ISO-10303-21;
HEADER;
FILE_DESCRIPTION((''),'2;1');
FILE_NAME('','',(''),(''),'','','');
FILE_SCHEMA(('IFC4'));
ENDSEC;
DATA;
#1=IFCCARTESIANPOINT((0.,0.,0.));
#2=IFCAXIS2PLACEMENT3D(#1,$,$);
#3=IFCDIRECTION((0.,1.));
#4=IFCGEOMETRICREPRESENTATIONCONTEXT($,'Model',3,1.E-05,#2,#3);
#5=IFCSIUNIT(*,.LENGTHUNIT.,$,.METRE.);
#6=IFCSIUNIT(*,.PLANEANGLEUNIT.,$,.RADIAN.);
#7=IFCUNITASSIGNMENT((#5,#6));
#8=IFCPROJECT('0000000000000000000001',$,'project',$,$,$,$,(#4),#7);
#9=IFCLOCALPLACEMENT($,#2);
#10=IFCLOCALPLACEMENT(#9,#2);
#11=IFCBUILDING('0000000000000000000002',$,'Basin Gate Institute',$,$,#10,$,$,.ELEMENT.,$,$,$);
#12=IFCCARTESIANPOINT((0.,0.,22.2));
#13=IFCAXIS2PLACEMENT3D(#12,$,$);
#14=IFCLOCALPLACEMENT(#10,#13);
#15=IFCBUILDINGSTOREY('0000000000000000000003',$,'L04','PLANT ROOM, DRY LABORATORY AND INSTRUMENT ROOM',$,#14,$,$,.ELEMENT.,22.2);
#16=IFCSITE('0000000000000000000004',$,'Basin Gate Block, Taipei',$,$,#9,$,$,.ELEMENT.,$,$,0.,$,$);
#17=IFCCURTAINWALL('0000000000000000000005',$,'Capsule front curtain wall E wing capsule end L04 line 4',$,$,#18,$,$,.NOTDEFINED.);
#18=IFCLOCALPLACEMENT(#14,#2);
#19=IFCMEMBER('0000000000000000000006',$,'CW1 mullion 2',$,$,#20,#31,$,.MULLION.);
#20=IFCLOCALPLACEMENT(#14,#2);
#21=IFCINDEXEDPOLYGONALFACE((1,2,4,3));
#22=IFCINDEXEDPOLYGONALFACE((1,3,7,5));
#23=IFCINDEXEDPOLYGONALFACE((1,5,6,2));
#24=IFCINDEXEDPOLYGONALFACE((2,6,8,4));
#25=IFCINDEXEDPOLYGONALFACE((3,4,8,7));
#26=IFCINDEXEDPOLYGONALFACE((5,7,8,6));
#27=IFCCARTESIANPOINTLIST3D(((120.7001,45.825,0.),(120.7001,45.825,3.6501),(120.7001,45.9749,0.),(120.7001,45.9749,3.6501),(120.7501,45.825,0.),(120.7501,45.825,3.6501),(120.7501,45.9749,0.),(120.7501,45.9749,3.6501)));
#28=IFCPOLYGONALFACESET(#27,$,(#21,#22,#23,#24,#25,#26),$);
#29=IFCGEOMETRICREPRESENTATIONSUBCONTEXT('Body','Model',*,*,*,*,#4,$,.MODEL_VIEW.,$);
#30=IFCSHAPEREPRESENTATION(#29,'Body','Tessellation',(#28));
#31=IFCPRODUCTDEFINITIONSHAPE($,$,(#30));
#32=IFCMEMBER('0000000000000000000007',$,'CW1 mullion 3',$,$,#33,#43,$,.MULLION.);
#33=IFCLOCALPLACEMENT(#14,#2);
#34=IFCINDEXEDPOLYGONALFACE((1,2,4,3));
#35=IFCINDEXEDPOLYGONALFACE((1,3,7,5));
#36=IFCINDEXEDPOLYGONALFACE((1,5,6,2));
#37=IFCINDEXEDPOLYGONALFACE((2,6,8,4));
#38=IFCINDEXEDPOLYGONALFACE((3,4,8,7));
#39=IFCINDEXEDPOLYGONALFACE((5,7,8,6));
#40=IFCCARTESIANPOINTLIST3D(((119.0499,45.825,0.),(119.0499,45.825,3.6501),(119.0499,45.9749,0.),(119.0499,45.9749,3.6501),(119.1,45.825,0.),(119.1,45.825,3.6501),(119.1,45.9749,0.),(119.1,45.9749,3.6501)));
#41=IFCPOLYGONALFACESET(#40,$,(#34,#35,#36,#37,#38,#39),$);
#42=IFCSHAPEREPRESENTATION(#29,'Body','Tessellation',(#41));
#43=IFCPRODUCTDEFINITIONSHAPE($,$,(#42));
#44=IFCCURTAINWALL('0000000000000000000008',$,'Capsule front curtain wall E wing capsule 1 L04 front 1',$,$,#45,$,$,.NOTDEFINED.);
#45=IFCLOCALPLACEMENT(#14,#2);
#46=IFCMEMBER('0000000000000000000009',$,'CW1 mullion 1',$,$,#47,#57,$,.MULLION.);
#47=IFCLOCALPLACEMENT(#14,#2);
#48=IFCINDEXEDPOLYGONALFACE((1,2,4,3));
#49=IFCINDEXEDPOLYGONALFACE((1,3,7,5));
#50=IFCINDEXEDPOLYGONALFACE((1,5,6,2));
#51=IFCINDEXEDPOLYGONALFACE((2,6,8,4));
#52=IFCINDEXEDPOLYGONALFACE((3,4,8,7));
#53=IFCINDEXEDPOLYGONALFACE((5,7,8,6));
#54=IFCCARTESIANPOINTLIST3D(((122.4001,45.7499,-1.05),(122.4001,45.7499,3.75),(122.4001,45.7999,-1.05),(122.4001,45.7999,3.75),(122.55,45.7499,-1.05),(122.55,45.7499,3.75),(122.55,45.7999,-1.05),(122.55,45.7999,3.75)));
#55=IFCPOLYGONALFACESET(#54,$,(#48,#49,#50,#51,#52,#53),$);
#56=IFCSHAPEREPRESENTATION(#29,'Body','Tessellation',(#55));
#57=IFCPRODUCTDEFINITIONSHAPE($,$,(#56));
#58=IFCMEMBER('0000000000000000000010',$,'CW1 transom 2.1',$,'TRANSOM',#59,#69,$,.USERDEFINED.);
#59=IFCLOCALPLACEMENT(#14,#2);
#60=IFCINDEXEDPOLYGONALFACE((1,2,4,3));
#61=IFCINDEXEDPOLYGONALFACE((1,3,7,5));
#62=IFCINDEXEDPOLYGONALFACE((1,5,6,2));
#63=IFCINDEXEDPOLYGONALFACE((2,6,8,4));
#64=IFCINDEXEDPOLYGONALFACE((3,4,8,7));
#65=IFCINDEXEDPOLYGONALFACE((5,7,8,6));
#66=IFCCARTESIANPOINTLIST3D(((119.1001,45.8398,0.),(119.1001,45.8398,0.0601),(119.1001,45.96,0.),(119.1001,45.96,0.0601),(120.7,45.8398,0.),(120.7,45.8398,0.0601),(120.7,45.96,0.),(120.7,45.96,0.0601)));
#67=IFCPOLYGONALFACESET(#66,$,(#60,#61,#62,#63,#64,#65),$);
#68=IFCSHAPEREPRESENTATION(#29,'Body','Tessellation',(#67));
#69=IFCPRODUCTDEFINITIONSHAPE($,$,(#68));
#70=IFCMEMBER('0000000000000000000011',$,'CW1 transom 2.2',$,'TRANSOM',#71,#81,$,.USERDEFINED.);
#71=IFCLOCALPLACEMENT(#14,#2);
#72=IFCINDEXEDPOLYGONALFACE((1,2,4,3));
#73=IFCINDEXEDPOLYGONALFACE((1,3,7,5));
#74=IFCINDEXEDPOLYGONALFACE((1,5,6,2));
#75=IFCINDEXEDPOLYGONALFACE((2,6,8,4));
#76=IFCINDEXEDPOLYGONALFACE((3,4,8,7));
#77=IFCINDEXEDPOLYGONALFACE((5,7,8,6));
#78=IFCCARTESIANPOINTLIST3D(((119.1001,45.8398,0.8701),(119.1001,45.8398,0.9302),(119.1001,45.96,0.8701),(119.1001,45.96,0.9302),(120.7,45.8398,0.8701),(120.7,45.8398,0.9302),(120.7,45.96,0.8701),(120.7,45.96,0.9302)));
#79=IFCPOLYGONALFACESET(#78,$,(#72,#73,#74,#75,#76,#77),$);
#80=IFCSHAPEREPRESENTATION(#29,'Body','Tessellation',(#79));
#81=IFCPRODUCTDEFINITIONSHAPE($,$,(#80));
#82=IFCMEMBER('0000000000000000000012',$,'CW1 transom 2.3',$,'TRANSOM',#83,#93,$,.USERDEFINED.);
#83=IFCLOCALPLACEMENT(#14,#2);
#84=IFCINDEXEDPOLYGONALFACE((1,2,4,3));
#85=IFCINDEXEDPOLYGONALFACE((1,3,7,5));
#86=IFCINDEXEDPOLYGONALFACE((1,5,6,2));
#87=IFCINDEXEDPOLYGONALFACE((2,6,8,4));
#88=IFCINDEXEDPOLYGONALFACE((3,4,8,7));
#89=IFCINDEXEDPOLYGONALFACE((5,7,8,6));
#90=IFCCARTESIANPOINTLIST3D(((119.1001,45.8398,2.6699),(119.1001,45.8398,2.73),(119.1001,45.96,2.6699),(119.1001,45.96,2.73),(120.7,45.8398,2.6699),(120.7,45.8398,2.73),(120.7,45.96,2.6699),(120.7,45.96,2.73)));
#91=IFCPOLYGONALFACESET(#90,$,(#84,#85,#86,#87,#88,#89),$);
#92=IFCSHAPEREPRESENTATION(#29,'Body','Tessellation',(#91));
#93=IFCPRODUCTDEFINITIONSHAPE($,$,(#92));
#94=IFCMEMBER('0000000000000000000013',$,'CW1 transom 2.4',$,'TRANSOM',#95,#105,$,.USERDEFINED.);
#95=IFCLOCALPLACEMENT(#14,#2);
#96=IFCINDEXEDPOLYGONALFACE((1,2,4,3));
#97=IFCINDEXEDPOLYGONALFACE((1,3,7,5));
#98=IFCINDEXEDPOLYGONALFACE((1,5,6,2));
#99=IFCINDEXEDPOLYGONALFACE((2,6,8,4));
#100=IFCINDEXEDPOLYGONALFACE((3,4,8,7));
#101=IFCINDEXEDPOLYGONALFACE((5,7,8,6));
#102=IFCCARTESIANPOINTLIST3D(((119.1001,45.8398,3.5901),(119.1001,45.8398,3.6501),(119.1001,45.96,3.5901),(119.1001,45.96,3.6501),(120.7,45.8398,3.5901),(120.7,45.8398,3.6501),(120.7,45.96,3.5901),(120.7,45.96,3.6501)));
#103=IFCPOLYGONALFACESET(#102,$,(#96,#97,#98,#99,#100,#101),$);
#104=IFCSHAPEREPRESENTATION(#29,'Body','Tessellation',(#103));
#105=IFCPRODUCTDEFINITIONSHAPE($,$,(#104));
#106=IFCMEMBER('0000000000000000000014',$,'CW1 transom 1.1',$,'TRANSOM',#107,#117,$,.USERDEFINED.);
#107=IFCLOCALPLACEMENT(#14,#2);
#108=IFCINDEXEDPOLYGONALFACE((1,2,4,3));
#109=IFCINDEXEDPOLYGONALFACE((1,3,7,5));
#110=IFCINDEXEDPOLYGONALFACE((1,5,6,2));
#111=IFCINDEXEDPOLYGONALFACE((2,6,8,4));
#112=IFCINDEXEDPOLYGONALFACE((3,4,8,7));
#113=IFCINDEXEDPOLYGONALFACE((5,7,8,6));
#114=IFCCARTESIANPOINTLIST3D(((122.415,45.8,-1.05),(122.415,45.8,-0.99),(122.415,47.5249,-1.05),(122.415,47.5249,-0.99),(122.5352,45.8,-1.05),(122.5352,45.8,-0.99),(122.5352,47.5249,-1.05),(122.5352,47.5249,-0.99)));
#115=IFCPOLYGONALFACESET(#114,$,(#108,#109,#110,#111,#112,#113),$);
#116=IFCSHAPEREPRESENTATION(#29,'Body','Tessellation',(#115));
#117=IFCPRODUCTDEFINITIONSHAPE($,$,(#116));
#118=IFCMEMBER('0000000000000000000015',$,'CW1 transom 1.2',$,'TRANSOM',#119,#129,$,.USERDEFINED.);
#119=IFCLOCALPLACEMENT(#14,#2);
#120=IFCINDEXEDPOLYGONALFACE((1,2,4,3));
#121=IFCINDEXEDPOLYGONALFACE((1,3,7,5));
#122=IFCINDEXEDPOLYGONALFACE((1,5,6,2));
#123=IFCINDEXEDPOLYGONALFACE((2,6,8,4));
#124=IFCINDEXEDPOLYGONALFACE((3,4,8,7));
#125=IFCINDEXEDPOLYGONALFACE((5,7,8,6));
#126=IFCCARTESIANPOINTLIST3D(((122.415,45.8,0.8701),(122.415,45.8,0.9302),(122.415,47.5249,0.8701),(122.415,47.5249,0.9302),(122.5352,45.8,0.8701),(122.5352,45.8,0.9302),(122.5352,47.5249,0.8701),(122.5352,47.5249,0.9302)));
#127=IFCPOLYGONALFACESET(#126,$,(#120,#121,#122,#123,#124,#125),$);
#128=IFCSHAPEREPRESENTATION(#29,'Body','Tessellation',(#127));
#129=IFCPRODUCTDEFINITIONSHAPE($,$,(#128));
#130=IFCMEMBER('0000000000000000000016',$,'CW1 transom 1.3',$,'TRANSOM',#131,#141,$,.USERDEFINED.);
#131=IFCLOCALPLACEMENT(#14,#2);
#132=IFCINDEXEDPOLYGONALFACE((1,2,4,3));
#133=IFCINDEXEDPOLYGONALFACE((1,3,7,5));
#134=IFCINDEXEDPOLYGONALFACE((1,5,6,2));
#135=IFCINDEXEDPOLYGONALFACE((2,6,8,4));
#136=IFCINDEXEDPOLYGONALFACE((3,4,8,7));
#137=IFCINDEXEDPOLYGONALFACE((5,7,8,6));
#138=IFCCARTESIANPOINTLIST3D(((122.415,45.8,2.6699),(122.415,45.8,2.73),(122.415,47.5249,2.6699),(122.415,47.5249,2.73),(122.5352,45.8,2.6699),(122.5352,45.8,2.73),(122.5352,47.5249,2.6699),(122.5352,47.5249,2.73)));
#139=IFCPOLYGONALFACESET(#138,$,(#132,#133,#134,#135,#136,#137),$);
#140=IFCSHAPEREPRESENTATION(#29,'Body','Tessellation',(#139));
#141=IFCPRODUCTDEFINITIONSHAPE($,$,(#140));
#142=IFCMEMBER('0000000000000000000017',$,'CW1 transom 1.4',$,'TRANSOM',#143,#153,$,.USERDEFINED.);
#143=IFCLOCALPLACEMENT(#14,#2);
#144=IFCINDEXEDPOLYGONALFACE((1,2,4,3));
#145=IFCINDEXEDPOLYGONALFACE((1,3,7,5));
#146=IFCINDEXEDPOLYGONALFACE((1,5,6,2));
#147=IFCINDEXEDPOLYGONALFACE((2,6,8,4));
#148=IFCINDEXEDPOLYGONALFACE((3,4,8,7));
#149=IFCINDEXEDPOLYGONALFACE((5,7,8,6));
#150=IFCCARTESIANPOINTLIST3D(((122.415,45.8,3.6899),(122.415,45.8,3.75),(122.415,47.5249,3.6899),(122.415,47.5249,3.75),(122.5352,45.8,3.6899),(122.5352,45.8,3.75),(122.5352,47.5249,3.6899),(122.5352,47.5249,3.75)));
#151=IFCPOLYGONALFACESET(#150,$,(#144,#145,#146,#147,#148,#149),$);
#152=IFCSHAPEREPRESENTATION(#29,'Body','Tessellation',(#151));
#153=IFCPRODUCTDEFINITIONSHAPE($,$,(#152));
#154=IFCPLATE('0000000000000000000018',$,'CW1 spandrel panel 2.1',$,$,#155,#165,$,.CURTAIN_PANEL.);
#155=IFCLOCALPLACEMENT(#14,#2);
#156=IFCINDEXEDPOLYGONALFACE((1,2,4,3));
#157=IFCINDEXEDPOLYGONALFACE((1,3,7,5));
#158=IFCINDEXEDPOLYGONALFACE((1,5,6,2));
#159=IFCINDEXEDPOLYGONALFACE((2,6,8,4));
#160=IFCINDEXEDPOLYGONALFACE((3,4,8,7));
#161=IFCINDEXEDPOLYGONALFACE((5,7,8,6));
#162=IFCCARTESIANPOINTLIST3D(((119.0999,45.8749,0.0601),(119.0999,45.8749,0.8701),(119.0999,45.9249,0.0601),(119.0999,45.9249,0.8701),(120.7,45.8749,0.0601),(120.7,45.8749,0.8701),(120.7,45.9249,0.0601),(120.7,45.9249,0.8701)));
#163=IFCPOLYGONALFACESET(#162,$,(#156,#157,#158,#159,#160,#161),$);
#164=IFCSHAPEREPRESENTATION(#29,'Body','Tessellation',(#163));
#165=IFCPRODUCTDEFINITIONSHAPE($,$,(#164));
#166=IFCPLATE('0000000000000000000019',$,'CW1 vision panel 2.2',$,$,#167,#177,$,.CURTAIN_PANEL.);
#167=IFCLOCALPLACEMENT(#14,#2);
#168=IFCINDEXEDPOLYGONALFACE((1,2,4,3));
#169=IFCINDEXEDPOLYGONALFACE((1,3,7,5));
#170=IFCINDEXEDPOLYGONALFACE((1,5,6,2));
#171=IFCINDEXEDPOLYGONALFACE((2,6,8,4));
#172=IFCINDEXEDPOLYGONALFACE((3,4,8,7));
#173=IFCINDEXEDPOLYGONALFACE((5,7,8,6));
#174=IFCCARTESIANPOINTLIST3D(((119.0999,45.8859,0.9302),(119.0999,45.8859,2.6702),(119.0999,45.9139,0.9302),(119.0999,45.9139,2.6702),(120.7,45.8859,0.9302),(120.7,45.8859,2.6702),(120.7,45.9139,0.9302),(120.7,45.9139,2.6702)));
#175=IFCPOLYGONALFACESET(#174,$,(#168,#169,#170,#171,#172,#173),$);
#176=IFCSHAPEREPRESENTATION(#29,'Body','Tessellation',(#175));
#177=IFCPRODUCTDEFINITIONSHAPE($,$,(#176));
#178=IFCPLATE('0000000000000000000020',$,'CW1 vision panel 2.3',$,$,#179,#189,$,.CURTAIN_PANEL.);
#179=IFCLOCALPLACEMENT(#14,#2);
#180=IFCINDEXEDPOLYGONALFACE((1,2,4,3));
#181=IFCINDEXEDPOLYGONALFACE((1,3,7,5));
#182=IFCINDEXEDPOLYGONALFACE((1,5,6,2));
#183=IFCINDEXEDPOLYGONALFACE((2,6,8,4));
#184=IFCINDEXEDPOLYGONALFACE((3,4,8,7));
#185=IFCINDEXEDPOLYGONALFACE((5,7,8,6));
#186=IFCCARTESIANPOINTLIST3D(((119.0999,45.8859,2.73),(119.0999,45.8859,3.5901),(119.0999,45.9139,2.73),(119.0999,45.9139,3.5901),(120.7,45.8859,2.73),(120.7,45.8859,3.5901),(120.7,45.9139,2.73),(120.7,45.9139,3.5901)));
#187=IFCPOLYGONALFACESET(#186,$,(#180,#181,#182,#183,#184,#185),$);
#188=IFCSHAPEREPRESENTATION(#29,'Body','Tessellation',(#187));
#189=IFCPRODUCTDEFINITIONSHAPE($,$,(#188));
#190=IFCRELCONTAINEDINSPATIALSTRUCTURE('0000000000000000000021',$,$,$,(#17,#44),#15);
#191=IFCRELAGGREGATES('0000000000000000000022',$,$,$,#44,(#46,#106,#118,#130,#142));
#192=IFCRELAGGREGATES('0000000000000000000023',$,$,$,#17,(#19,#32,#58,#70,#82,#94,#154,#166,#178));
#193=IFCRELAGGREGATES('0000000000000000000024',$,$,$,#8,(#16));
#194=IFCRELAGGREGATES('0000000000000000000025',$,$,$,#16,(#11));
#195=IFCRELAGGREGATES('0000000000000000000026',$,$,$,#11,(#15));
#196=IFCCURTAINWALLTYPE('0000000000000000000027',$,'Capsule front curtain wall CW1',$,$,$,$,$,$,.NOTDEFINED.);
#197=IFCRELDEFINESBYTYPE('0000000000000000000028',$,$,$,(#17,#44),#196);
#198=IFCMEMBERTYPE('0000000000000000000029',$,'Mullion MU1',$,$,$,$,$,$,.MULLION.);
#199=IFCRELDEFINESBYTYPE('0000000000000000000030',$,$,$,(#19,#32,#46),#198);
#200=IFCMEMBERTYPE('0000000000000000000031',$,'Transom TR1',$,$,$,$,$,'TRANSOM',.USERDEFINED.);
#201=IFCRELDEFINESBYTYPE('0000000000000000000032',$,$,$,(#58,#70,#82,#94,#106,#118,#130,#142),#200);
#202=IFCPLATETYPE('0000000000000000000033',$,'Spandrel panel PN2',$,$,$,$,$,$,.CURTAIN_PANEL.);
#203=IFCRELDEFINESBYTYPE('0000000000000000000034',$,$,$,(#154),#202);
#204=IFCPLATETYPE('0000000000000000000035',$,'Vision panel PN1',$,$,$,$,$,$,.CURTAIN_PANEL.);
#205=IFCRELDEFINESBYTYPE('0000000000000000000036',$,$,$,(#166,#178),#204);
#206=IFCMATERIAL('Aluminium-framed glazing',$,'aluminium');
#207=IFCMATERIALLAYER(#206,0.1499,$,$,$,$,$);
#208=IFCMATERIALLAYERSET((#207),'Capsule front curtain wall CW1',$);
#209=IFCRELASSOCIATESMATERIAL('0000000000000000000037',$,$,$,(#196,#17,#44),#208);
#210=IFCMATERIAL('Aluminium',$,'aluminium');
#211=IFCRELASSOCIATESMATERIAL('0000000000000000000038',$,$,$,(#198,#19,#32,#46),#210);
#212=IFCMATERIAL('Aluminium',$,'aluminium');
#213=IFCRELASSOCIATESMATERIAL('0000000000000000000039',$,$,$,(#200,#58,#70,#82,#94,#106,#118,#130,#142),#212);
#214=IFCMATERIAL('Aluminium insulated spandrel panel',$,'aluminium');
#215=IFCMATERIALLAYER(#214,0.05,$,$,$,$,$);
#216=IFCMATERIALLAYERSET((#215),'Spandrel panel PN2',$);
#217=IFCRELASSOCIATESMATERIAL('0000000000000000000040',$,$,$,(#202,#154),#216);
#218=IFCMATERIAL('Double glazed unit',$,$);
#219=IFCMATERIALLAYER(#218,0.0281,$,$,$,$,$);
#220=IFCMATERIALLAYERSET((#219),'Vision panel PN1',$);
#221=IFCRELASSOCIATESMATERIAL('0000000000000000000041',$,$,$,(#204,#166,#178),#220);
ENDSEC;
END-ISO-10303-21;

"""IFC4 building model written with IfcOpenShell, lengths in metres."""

from ifc_helpers import new_model, si_unit, direction, frame, origin, origin_2d, place, context, subcontext, project, spatial, rectangle, extrude, material, layer, layer_set, material_profile, profile_set, type_object, element, aggregate, save


model = new_model("IFC4")

# Units and contexts
model_context = context("Model", 3, precision=1e-05, world=origin(), true_north=direction((0.0, 1.0)))
body_context = subcontext(model_context, "Body", "Model", "MODEL_VIEW")
ifc_project = project(units=[si_unit("LENGTHUNIT", "METRE"), si_unit("PLANEANGLEUNIT", "RADIAN")], contexts=[model_context])

# Site, building, storey
site_placement = place(None, origin())
site = spatial("IfcSite", under=ifc_project, at=site_placement, Name="Basin Gate Block, Taipei", CompositionType="ELEMENT", RefElevation=0.0)
building_placement = place(site_placement, origin())
building = spatial("IfcBuilding", under=site, at=building_placement, Name="Basin Gate Institute", CompositionType="ELEMENT")
storey_placement = place(building_placement, frame((0.0, 0.0, 22.2)))
storey = spatial("IfcBuildingStorey", under=building, at=storey_placement, Name="L04", Description="PLANT ROOM, DRY LABORATORY AND INSTRUMENT ROOM", CompositionType="ELEMENT", Elevation=22.2)

# Curtain wall, members
ifc_material_1 = material(Name="Aluminium-framed glazing", Category="aluminium")
ifc_layer_1 = layer(ifc_material_1, 0.1499)
ifc_layer_set_1 = layer_set([ifc_layer_1], Name="Capsule front curtain wall CW1")
curtain_wall_type = type_object("IfcCurtainWallType", Name="Capsule front curtain wall CW1", PredefinedType="NOTDEFINED", material=ifc_layer_set_1)
curtain_wall_1_placement = place(storey_placement, origin())
curtain_wall_1 = element("IfcCurtainWall", 1, at=curtain_wall_1_placement, inside=storey, type_object=curtain_wall_type, material=ifc_layer_set_1, Name="Capsule front curtain wall E wing capsule end L04 line 4", PredefinedType="NOTDEFINED")
ifc_material_2 = material(Name="Aluminium", Category="aluminium")
ifc_material_profile_1 = material_profile(ifc_material_2, rectangle(XDim=0.1499, YDim=0.05, at=origin_2d()), Name="Mullion MU1 150 x 50")
ifc_profile_set_1 = profile_set([ifc_material_profile_1], Name="Aluminium")
member_type_1 = type_object("IfcMemberType", Name="Mullion MU1", PredefinedType="MULLION", material=ifc_profile_set_1)
member_1_placement = place(storey_placement, frame((120.7251, 45.8999, 0.0), z_axis=(0.0, 0.0, 1.0), x_axis=(0.0, -1.0, 0.0)))
member_1 = element("IfcMember", 2, at=member_1_placement, type_object=member_type_1, material=ifc_profile_set_1, Name="CW1 mullion 2", PredefinedType="MULLION", context=body_context, shape_type="SweptSolid", body=[
    extrude(rectangle(XDim=0.1499, YDim=0.05, at=origin_2d()), origin(), (0.0, 0.0, 1.0), 3.6501),
])
member_2_placement = place(storey_placement, frame((119.075, 45.8999, 0.0), z_axis=(0.0, 0.0, 1.0), x_axis=(0.0, -1.0, 0.0)))
member_2 = element("IfcMember", 3, at=member_2_placement, type_object=member_type_1, material=ifc_profile_set_1, Name="CW1 mullion 3", PredefinedType="MULLION", context=body_context, shape_type="SweptSolid", body=[
    extrude(rectangle(XDim=0.1499, YDim=0.05, at=origin_2d()), origin(), (0.0, 0.0, 1.0), 3.6501),
])

# Curtain wall, member
curtain_wall_2_placement = place(storey_placement, origin())
curtain_wall_2 = element("IfcCurtainWall", 4, at=curtain_wall_2_placement, inside=storey, type_object=curtain_wall_type, material=ifc_layer_set_1, Name="Capsule front curtain wall E wing capsule 1 L04 front 1", PredefinedType="NOTDEFINED")
member_3_placement = place(storey_placement, frame((122.4751, 45.7749, -1.05), z_axis=(0.0, 0.0, 1.0), x_axis=(-1.0, 0.0, 0.0)))
member_3 = element("IfcMember", 5, at=member_3_placement, type_object=member_type_1, material=ifc_profile_set_1, Name="CW1 mullion 1", PredefinedType="MULLION", context=body_context, shape_type="SweptSolid", body=[
    extrude(rectangle(XDim=0.1499, YDim=0.05, at=origin_2d()), origin(), (0.0, 0.0, 1.0), 4.8),
])

# Members
ifc_material_3 = material(Name="Aluminium", Category="aluminium")
ifc_material_profile_2 = material_profile(ifc_material_3, rectangle(XDim=0.1201, YDim=0.0601, at=origin_2d()), Name="Transom TR1 120 x 60")
ifc_profile_set_2 = profile_set([ifc_material_profile_2], Name="Aluminium")
member_type_2 = type_object("IfcMemberType", Name="Transom TR1", ElementType="TRANSOM", PredefinedType="USERDEFINED", material=ifc_profile_set_2)
member_4_placement = place(storey_placement, frame((120.7, 45.8999, 0.03), z_axis=(-1.0, 0.0, 0.0), x_axis=(0.0, -1.0, 0.0)))
member_4 = element("IfcMember", 6, at=member_4_placement, type_object=member_type_2, material=ifc_profile_set_2, Name="CW1 transom 2.1", ObjectType="TRANSOM", PredefinedType="USERDEFINED", context=body_context, shape_type="SweptSolid", body=[
    extrude(rectangle(XDim=0.1201, YDim=0.0601, at=origin_2d()), origin(), (0.0, 0.0, 1.0), 1.5999),
])
member_5_placement = place(storey_placement, frame((120.7, 45.8999, 0.9001), z_axis=(-1.0, 0.0, 0.0), x_axis=(0.0, -1.0, 0.0)))
member_5 = element("IfcMember", 7, at=member_5_placement, type_object=member_type_2, material=ifc_profile_set_2, Name="CW1 transom 2.2", ObjectType="TRANSOM", PredefinedType="USERDEFINED", context=body_context, shape_type="SweptSolid", body=[
    extrude(rectangle(XDim=0.1201, YDim=0.0601, at=origin_2d()), origin(), (0.0, 0.0, 1.0), 1.5999),
])
member_6_placement = place(storey_placement, frame((120.7, 45.8999, 2.7), z_axis=(-1.0, 0.0, 0.0), x_axis=(0.0, -1.0, 0.0)))
member_6 = element("IfcMember", 8, at=member_6_placement, type_object=member_type_2, material=ifc_profile_set_2, Name="CW1 transom 2.3", ObjectType="TRANSOM", PredefinedType="USERDEFINED", context=body_context, shape_type="SweptSolid", body=[
    extrude(rectangle(XDim=0.1201, YDim=0.0601, at=origin_2d()), origin(), (0.0, 0.0, 1.0), 1.5999),
])
member_7_placement = place(storey_placement, frame((120.7, 45.8999, 3.6201), z_axis=(-1.0, 0.0, 0.0), x_axis=(0.0, -1.0, 0.0)))
member_7 = element("IfcMember", 9, at=member_7_placement, type_object=member_type_2, material=ifc_profile_set_2, Name="CW1 transom 2.4", ObjectType="TRANSOM", PredefinedType="USERDEFINED", context=body_context, shape_type="SweptSolid", body=[
    extrude(rectangle(XDim=0.1201, YDim=0.0601, at=origin_2d()), origin(), (0.0, 0.0, 1.0), 1.5999),
])
member_8_placement = place(storey_placement, frame((122.4751, 45.8, -1.02), z_axis=(0.0, 1.0, 0.0), x_axis=(-1.0, 0.0, 0.0)))
member_8 = element("IfcMember", 10, at=member_8_placement, type_object=member_type_2, material=ifc_profile_set_2, Name="CW1 transom 1.1", ObjectType="TRANSOM", PredefinedType="USERDEFINED", context=body_context, shape_type="SweptSolid", body=[
    extrude(rectangle(XDim=0.1201, YDim=0.0601, at=origin_2d()), origin(), (0.0, 0.0, 1.0), 1.7249),
])
member_9_placement = place(storey_placement, frame((122.4751, 45.8, 0.9001), z_axis=(0.0, 1.0, 0.0), x_axis=(-1.0, 0.0, 0.0)))
member_9 = element("IfcMember", 11, at=member_9_placement, type_object=member_type_2, material=ifc_profile_set_2, Name="CW1 transom 1.2", ObjectType="TRANSOM", PredefinedType="USERDEFINED", context=body_context, shape_type="SweptSolid", body=[
    extrude(rectangle(XDim=0.1201, YDim=0.0601, at=origin_2d()), origin(), (0.0, 0.0, 1.0), 1.7249),
])
member_10_placement = place(storey_placement, frame((122.4751, 45.8, 2.7), z_axis=(0.0, 1.0, 0.0), x_axis=(-1.0, 0.0, 0.0)))
member_10 = element("IfcMember", 12, at=member_10_placement, type_object=member_type_2, material=ifc_profile_set_2, Name="CW1 transom 1.3", ObjectType="TRANSOM", PredefinedType="USERDEFINED", context=body_context, shape_type="SweptSolid", body=[
    extrude(rectangle(XDim=0.1201, YDim=0.0601, at=origin_2d()), origin(), (0.0, 0.0, 1.0), 1.7249),
])
member_11_placement = place(storey_placement, frame((122.4751, 45.8, 3.72), z_axis=(0.0, 1.0, 0.0), x_axis=(-1.0, 0.0, 0.0)))
member_11 = element("IfcMember", 13, at=member_11_placement, type_object=member_type_2, material=ifc_profile_set_2, Name="CW1 transom 1.4", ObjectType="TRANSOM", PredefinedType="USERDEFINED", context=body_context, shape_type="SweptSolid", body=[
    extrude(rectangle(XDim=0.1201, YDim=0.0601, at=origin_2d()), origin(), (0.0, 0.0, 1.0), 1.7249),
])
aggregate(curtain_wall_2, [member_3, member_8, member_9, member_10, member_11])

# Plates
ifc_material_4 = material(Name="Aluminium insulated spandrel panel", Category="aluminium")
ifc_layer_2 = layer(ifc_material_4, 0.05)
ifc_layer_set_2 = layer_set([ifc_layer_2], Name="Spandrel panel PN2")
plate_type_1 = type_object("IfcPlateType", Name="Spandrel panel PN2", PredefinedType="CURTAIN_PANEL", material=ifc_layer_set_2)
plate_1_placement = place(storey_placement, frame((119.8999, 45.8999, 0.0601), z_axis=(0.0, 0.0, 1.0), x_axis=(-1.0, 0.0, 0.0)))
plate_1 = element("IfcPlate", 14, at=plate_1_placement, type_object=plate_type_1, material=ifc_layer_set_2, Name="CW1 spandrel panel 2.1", PredefinedType="CURTAIN_PANEL", context=body_context, shape_type="SweptSolid", body=[
    extrude(rectangle(XDim=1.6001, YDim=0.05, at=origin_2d()), origin(), (0.0, 0.0, 1.0), 0.8101),
])
ifc_material_5 = material(Name="Double glazed unit")
ifc_layer_3 = layer(ifc_material_5, 0.0281)
ifc_layer_set_3 = layer_set([ifc_layer_3], Name="Vision panel PN1")
plate_type_2 = type_object("IfcPlateType", Name="Vision panel PN1", PredefinedType="CURTAIN_PANEL", material=ifc_layer_set_3)
plate_2_placement = place(storey_placement, frame((119.8999, 45.8999, 0.9302), z_axis=(0.0, 0.0, 1.0), x_axis=(-1.0, 0.0, 0.0)))
plate_2 = element("IfcPlate", 15, at=plate_2_placement, type_object=plate_type_2, material=ifc_layer_set_3, Name="CW1 vision panel 2.2", PredefinedType="CURTAIN_PANEL", context=body_context, shape_type="SweptSolid", body=[
    extrude(rectangle(XDim=1.6001, YDim=0.0281, at=origin_2d()), origin(), (0.0, 0.0, 1.0), 1.74),
])
plate_3_placement = place(storey_placement, frame((119.8999, 45.8999, 2.73), z_axis=(0.0, 0.0, 1.0), x_axis=(-1.0, 0.0, 0.0)))
plate_3 = element("IfcPlate", 16, at=plate_3_placement, type_object=plate_type_2, material=ifc_layer_set_3, Name="CW1 vision panel 2.3", PredefinedType="CURTAIN_PANEL", context=body_context, shape_type="SweptSolid", body=[
    extrude(rectangle(XDim=1.6001, YDim=0.0281, at=origin_2d()), origin(), (0.0, 0.0, 1.0), 0.8601),
])
aggregate(curtain_wall_1, [member_1, member_2, member_4, member_5, member_6, member_7, plate_1, plate_2, plate_3])

save(model, "model.ifc")
